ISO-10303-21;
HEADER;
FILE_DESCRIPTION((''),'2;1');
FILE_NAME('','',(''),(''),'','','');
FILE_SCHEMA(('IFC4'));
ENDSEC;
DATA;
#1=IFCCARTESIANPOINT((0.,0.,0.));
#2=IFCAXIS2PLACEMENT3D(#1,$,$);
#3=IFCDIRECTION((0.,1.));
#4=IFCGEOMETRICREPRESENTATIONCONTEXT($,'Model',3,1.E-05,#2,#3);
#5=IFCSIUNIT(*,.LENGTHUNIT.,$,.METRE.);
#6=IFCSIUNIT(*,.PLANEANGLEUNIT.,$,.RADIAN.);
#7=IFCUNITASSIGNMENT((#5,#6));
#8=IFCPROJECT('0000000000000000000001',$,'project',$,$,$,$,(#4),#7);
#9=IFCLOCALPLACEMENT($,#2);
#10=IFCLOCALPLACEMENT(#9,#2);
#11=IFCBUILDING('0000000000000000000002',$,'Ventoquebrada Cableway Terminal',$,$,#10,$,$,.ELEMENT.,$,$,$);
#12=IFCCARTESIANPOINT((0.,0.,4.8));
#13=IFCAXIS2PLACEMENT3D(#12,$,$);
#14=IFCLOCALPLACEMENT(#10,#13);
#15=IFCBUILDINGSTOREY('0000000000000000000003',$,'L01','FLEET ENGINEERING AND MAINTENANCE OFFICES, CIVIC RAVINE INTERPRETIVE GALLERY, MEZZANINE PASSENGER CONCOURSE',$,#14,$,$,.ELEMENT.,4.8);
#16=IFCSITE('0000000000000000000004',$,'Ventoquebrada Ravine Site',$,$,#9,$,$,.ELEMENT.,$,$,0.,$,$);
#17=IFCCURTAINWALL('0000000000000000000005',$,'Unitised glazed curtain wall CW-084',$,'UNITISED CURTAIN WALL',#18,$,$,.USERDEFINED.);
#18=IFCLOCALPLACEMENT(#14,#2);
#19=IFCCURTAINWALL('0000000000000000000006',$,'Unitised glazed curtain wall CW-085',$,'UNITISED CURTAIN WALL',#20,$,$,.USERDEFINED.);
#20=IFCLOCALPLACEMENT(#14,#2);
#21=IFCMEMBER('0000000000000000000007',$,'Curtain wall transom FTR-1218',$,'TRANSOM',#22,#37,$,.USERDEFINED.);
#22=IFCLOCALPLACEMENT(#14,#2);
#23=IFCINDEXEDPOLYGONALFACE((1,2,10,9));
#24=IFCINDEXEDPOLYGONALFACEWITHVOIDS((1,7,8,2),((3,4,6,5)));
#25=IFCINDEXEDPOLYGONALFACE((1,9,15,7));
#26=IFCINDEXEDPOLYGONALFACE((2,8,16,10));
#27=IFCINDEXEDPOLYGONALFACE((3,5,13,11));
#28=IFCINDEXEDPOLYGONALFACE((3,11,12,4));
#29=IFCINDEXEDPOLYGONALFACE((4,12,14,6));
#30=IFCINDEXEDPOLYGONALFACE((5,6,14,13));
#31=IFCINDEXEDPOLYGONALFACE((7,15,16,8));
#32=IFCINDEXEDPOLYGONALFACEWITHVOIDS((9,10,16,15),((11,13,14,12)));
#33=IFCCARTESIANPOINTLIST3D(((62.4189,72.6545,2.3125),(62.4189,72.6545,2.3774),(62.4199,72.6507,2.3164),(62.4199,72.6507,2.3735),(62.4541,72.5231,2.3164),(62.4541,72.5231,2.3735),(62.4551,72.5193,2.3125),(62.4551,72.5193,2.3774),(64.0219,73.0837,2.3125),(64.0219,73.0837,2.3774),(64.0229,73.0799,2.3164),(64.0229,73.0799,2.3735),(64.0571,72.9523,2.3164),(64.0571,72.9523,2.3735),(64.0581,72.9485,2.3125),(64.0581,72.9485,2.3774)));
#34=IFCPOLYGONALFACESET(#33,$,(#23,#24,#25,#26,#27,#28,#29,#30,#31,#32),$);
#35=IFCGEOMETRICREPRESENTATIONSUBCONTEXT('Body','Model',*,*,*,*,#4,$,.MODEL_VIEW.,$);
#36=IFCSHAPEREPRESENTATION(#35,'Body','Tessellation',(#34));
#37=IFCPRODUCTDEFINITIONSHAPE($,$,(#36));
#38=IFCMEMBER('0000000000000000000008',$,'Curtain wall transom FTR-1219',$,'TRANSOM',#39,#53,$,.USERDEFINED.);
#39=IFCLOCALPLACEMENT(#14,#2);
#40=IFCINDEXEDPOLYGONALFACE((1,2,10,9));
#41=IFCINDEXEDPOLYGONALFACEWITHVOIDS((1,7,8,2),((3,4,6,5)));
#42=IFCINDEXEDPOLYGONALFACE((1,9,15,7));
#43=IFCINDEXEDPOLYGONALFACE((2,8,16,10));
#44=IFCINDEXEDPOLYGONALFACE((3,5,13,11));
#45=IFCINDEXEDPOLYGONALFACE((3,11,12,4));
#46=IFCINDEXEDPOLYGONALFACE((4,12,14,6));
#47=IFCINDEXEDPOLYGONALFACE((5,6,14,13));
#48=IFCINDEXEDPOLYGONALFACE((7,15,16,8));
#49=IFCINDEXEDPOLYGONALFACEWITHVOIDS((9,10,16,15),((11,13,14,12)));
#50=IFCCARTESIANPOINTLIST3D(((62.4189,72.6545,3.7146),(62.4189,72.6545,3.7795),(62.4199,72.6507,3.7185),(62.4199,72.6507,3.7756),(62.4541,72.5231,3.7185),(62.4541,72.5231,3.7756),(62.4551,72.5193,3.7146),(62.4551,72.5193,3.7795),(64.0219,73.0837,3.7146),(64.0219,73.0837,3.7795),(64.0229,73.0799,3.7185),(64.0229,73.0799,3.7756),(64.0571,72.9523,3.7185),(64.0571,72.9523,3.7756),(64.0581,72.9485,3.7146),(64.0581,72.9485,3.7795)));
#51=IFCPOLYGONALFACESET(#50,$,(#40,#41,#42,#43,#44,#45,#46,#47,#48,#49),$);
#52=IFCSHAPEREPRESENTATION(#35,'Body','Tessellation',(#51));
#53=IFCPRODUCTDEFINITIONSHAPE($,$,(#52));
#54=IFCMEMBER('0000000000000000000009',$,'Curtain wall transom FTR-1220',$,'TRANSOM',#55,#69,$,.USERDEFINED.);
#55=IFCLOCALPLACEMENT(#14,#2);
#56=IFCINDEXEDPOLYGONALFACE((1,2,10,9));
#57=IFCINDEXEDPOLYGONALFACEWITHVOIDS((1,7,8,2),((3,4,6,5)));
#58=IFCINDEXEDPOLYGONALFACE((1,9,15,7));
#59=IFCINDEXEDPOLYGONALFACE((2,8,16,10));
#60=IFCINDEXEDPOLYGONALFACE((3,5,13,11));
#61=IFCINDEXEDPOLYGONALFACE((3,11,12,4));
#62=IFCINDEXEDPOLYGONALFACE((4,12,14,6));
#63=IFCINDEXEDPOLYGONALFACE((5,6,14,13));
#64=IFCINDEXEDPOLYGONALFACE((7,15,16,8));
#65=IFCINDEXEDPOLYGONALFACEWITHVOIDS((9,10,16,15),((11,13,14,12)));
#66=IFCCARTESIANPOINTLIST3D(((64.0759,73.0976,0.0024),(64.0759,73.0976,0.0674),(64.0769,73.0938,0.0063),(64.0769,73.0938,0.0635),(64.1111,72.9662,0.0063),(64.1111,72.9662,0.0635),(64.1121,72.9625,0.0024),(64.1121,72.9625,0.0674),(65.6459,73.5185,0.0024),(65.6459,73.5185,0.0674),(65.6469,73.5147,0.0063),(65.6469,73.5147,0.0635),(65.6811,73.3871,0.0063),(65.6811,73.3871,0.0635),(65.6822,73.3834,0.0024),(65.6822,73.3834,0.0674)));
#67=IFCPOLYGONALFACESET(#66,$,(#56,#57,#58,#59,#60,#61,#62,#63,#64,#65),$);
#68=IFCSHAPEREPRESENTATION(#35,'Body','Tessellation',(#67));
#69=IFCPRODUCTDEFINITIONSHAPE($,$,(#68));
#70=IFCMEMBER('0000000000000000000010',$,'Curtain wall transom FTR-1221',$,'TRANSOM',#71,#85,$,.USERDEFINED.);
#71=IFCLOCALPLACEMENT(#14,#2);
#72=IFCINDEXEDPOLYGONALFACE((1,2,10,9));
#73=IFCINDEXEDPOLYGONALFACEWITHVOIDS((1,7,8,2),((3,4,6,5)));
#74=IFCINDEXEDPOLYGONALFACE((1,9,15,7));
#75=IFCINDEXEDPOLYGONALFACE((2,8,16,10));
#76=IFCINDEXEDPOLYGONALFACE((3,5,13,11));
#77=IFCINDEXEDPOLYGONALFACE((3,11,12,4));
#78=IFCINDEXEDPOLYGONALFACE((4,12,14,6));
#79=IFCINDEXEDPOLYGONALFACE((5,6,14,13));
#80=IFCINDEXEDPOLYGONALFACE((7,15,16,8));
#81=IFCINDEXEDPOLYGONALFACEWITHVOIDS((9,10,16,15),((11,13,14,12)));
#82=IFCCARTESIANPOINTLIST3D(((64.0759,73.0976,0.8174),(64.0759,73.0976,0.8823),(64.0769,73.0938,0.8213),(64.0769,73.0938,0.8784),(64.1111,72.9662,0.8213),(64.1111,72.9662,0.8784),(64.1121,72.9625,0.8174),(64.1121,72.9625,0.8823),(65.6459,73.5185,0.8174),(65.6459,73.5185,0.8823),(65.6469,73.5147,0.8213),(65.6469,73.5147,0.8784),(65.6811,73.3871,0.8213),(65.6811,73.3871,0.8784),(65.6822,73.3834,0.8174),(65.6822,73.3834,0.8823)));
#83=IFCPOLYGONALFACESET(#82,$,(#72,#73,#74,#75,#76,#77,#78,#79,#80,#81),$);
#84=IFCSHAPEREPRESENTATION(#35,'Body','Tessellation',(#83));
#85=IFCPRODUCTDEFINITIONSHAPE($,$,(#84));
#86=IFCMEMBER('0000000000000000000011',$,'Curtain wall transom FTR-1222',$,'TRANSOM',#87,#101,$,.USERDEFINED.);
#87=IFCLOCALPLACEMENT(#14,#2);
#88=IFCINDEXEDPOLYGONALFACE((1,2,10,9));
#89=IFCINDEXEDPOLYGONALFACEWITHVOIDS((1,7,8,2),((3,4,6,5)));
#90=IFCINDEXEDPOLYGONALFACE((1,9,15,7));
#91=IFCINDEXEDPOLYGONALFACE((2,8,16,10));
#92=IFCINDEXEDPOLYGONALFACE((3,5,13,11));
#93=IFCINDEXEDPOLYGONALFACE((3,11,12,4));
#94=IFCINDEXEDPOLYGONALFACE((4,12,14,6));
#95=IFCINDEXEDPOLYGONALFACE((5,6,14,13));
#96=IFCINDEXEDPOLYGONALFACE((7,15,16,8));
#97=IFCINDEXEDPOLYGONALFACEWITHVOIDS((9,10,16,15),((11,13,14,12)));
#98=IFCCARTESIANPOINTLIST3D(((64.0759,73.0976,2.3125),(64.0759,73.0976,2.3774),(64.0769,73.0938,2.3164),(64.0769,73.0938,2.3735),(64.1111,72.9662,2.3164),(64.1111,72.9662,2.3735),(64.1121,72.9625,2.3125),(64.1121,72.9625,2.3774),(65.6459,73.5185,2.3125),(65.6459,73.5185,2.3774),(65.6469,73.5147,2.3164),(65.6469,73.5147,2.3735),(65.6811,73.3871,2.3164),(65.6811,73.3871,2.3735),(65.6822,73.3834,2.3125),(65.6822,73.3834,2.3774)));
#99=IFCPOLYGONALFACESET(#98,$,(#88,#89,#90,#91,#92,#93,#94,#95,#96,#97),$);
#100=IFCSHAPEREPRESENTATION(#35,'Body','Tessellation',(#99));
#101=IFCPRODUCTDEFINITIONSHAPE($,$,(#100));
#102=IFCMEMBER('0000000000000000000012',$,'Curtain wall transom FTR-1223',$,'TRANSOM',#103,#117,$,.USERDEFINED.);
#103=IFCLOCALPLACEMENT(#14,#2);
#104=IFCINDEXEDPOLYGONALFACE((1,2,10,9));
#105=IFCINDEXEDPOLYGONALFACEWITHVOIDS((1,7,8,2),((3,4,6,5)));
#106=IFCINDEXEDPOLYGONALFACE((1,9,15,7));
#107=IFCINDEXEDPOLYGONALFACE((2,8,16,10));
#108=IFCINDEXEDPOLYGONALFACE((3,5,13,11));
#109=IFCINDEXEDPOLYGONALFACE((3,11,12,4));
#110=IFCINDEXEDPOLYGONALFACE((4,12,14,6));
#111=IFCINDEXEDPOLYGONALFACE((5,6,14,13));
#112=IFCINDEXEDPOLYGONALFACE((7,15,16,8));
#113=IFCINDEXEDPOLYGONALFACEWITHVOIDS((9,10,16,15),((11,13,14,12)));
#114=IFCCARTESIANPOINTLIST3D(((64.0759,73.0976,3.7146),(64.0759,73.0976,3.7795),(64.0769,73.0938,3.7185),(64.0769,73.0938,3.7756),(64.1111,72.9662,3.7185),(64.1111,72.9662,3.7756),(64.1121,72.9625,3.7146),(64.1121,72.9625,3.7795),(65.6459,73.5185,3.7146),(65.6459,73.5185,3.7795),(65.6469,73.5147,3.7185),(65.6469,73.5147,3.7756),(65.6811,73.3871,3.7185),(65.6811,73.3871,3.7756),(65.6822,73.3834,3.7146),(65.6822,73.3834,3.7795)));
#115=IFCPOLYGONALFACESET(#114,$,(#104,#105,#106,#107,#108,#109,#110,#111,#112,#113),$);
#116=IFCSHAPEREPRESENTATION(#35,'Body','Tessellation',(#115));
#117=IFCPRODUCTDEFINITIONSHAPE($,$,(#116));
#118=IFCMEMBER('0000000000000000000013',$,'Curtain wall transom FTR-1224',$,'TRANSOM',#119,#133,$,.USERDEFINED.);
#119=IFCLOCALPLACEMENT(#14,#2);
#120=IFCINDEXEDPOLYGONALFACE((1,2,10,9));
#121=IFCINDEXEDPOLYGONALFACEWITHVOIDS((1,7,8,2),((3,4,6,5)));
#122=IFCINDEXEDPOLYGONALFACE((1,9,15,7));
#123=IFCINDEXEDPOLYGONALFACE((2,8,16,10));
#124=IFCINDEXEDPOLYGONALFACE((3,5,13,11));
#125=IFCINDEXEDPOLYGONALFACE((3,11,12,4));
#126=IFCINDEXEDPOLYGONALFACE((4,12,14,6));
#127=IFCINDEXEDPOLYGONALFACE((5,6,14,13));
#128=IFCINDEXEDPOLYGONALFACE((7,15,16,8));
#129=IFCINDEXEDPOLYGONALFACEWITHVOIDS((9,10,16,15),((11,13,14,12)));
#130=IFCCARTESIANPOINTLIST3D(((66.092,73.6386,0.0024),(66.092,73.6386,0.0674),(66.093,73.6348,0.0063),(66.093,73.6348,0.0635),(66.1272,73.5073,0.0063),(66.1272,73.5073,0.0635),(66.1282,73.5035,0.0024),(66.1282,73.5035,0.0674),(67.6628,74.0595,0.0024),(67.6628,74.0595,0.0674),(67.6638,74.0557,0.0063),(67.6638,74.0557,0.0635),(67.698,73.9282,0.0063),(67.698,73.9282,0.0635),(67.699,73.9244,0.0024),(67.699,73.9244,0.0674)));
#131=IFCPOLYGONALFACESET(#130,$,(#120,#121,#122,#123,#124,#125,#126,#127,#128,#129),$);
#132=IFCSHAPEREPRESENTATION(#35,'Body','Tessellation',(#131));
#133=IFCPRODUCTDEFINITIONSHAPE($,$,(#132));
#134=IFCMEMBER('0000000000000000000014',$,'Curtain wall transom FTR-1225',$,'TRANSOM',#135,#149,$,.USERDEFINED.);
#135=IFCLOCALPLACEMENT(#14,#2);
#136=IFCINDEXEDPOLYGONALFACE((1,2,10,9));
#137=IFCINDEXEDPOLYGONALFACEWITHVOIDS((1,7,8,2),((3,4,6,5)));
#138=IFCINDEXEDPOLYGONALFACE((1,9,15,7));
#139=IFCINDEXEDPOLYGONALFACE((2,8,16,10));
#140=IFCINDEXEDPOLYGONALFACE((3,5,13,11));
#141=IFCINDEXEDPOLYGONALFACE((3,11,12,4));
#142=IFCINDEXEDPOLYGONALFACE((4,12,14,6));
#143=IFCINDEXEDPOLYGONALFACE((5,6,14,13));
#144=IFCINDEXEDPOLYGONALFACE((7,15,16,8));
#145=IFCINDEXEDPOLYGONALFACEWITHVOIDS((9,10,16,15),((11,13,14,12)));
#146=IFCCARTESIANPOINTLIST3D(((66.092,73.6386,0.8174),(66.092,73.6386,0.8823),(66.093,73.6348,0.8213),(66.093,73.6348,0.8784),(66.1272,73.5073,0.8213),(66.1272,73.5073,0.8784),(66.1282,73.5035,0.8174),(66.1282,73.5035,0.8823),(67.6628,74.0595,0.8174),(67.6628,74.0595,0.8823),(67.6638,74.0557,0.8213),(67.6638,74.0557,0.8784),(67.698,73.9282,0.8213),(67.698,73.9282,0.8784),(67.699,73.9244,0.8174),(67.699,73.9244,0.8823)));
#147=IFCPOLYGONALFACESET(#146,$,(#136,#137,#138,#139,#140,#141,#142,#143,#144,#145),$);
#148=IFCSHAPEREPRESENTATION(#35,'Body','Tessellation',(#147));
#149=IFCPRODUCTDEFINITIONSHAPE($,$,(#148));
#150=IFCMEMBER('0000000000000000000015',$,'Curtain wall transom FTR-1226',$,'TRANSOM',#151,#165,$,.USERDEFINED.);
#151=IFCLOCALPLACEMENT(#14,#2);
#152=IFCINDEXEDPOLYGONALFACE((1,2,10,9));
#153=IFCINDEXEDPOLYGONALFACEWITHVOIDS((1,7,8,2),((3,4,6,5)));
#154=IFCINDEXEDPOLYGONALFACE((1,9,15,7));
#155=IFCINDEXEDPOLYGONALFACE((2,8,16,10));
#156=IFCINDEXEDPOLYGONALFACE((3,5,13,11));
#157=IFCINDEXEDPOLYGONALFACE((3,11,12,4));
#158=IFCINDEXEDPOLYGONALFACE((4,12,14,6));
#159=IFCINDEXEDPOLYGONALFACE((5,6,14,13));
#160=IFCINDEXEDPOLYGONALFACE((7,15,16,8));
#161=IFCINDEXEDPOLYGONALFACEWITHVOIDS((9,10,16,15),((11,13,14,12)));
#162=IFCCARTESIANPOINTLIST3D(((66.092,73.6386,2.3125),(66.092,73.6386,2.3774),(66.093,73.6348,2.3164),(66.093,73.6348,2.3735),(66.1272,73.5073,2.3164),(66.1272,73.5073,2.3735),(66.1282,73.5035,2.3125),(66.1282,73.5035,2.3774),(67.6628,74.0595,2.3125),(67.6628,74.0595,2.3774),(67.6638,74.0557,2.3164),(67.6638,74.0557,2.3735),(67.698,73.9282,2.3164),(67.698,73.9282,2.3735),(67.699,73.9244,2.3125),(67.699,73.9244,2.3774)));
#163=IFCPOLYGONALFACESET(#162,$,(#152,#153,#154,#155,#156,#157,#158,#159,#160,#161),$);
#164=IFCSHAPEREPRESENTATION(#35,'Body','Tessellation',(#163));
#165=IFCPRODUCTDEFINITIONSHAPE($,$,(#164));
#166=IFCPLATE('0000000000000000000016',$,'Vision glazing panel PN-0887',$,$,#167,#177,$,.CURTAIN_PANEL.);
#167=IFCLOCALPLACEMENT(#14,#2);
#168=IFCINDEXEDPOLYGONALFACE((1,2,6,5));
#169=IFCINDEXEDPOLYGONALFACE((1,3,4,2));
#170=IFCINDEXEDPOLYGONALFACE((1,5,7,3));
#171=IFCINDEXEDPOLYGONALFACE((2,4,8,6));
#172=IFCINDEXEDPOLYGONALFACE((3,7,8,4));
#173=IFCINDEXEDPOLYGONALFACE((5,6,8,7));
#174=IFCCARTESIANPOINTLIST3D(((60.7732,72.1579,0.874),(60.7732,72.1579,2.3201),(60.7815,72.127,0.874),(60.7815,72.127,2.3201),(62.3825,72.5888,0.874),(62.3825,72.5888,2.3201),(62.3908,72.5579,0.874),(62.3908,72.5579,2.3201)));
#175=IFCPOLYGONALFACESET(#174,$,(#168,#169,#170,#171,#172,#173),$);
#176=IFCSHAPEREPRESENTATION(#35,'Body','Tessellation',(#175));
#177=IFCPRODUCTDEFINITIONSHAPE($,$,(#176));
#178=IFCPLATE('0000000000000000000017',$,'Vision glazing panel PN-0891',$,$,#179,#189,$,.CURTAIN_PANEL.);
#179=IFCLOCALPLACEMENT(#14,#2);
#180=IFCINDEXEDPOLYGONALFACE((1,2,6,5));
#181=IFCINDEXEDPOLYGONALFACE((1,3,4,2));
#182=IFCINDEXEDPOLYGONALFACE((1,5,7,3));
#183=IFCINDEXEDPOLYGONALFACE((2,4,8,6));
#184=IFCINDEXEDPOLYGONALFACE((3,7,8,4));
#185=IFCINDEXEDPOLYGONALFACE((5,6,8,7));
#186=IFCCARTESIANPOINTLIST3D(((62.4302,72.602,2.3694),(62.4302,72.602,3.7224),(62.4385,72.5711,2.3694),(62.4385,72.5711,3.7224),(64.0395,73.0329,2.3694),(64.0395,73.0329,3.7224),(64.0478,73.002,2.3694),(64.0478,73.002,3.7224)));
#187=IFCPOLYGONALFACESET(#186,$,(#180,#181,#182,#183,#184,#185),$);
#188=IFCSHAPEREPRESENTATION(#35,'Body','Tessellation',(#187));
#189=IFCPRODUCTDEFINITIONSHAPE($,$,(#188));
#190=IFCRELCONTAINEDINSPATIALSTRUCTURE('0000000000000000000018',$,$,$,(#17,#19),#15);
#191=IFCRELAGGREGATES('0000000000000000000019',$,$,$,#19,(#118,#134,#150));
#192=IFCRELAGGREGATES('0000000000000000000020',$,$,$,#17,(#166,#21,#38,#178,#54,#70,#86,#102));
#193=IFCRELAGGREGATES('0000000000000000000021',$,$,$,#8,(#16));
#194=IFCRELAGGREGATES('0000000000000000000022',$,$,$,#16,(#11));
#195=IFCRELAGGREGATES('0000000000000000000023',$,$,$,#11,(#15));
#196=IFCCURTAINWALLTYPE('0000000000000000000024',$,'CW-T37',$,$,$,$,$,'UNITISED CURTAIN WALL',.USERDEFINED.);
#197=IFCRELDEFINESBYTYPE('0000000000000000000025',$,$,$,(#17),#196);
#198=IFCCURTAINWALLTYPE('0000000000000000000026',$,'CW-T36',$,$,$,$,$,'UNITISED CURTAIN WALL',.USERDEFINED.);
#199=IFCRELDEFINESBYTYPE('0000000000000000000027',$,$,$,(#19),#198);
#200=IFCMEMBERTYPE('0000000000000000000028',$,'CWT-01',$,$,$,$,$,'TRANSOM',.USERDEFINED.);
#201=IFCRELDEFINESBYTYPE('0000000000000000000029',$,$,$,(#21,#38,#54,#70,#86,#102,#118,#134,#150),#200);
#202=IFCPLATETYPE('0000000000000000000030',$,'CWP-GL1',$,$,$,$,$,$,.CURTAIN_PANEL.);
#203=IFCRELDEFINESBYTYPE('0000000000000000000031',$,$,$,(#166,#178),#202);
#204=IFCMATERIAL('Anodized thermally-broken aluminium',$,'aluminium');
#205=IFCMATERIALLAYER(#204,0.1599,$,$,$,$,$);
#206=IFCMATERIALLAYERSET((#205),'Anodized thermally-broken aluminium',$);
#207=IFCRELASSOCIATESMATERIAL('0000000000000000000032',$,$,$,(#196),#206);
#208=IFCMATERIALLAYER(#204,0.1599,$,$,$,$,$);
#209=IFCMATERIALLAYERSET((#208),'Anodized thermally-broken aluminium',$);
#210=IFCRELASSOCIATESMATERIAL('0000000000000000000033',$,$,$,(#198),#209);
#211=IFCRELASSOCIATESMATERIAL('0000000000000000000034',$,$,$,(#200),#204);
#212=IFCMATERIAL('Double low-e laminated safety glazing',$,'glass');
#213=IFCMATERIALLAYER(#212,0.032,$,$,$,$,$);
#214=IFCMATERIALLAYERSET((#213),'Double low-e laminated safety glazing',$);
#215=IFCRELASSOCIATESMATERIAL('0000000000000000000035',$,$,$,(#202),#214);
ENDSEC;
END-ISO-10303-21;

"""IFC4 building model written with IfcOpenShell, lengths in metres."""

from ifc_helpers import new_model, si_unit, direction, frame, origin, origin_2d, place, context, subcontext, project, spatial, rectangle, hollow_rectangle, extrude, material, layer, layer_set, material_profile, profile_set, type_object, element, aggregate, save


model = new_model("IFC4")

# Units and contexts
model_context = context("Model", 3, precision=1e-05, world=origin(), true_north=direction((0.0, 1.0)))
body_context = subcontext(model_context, "Body", "Model", "MODEL_VIEW")
ifc_project = project(units=[si_unit("LENGTHUNIT", "METRE"), si_unit("PLANEANGLEUNIT", "RADIAN")], contexts=[model_context])

# Site, building, storey
site_placement = place(None, origin())
site = spatial("IfcSite", under=ifc_project, at=site_placement, Name="Ventoquebrada Ravine Site", CompositionType="ELEMENT", RefElevation=0.0)
building_placement = place(site_placement, origin())
building = spatial("IfcBuilding", under=site, at=building_placement, Name="Ventoquebrada Cableway Terminal", CompositionType="ELEMENT")
storey_placement = place(building_placement, frame((0.0, 0.0, 4.8)))
storey = spatial("IfcBuildingStorey", under=building, at=storey_placement, Name="L01", Description="FLEET ENGINEERING AND MAINTENANCE OFFICES, CIVIC RAVINE INTERPRETIVE GALLERY, MEZZANINE PASSENGER CONCOURSE", CompositionType="ELEMENT", Elevation=4.8)

# Curtain wall
ifc_material_1 = material(Name="Anodized thermally-broken aluminium", Category="aluminium")
ifc_layer_1 = layer(ifc_material_1, 0.1599)
ifc_layer_set_1 = layer_set([ifc_layer_1], Name="Anodized thermally-broken aluminium")
curtain_wall_type_1 = type_object("IfcCurtainWallType", Name="CW-T37", ElementType="UNITISED CURTAIN WALL", PredefinedType="USERDEFINED", material=ifc_layer_set_1)
curtain_wall_1_placement = place(storey_placement, origin())
curtain_wall_1 = element("IfcCurtainWall", 1, at=curtain_wall_1_placement, inside=storey, type_object=curtain_wall_type_1, Name="Unitised glazed curtain wall CW-084", ObjectType="UNITISED CURTAIN WALL", PredefinedType="USERDEFINED")

# Curtain wall
ifc_layer_2 = layer(ifc_material_1, 0.1599)
ifc_layer_set_2 = layer_set([ifc_layer_2], Name="Anodized thermally-broken aluminium")
curtain_wall_type_2 = type_object("IfcCurtainWallType", Name="CW-T36", ElementType="UNITISED CURTAIN WALL", PredefinedType="USERDEFINED", material=ifc_layer_set_2)
curtain_wall_2_placement = place(storey_placement, origin())
curtain_wall_2 = element("IfcCurtainWall", 2, at=curtain_wall_2_placement, inside=storey, type_object=curtain_wall_type_2, Name="Unitised glazed curtain wall CW-085", ObjectType="UNITISED CURTAIN WALL", PredefinedType="USERDEFINED")

# Members
ifc_material_profile_1 = material_profile(ifc_material_1, hollow_rectangle(XDim=0.0649, YDim=0.1399, WallThickness=0.0039, at=origin_2d()), Name="CW-TRN-65X140")
ifc_profile_set_1 = profile_set([ifc_material_profile_1], Name="Anodized thermally-broken aluminium")
member_type_1 = type_object("IfcMemberType", Name="CWT-01", ElementType="TRANSOM", PredefinedType="USERDEFINED", material=ifc_profile_set_1)
member_1_placement = place(storey_placement, frame((62.437, 72.5869, 2.345), z_axis=(0.965976, 0.258633, 0.0), x_axis=(0.0, 0.0, 1.0)))
member_1 = element("IfcMember", 3, at=member_1_placement, type_object=member_type_1, Name="Curtain wall transom FTR-1218", ObjectType="TRANSOM", PredefinedType="USERDEFINED", context=body_context, shape_type="SweptSolid", body=[
    extrude(hollow_rectangle(XDim=0.0649, YDim=0.1399, WallThickness=0.0039, at=origin_2d()), origin(), (0.0, 0.0, 1.0), 1.6594),
])
member_2_placement = place(storey_placement, frame((62.437, 72.5869, 3.7471), z_axis=(0.965976, 0.258633, 0.0), x_axis=(0.0, 0.0, 1.0)))
member_2 = element("IfcMember", 4, at=member_2_placement, type_object=member_type_1, Name="Curtain wall transom FTR-1219", ObjectType="TRANSOM", PredefinedType="USERDEFINED", context=body_context, shape_type="SweptSolid", body=[
    extrude(hollow_rectangle(XDim=0.0649, YDim=0.1399, WallThickness=0.0039, at=origin_2d()), origin(), (0.0, 0.0, 1.0), 1.6594),
])
member_3_placement = place(storey_placement, frame((64.094, 73.03, 0.0349), z_axis=(0.965895, 0.258934, 0.0), x_axis=(0.0, 0.0, 1.0)))
member_3 = element("IfcMember", 5, at=member_3_placement, type_object=member_type_1, Name="Curtain wall transom FTR-1220", ObjectType="TRANSOM", PredefinedType="USERDEFINED", context=body_context, shape_type="SweptSolid", body=[
    extrude(hollow_rectangle(XDim=0.0649, YDim=0.1399, WallThickness=0.0039, at=origin_2d()), origin(), (0.0, 0.0, 1.0), 1.6255),
])
member_4_placement = place(storey_placement, frame((64.094, 73.03, 0.8499), z_axis=(0.965895, 0.258934, 0.0), x_axis=(0.0, 0.0, 1.0)))
member_4 = element("IfcMember", 6, at=member_4_placement, type_object=member_type_1, Name="Curtain wall transom FTR-1221", ObjectType="TRANSOM", PredefinedType="USERDEFINED", context=body_context, shape_type="SweptSolid", body=[
    extrude(hollow_rectangle(XDim=0.0649, YDim=0.1399, WallThickness=0.0039, at=origin_2d()), origin(), (0.0, 0.0, 1.0), 1.6255),
])
member_5_placement = place(storey_placement, frame((64.094, 73.03, 2.345), z_axis=(0.965895, 0.258934, 0.0), x_axis=(0.0, 0.0, 1.0)))
member_5 = element("IfcMember", 7, at=member_5_placement, type_object=member_type_1, Name="Curtain wall transom FTR-1222", ObjectType="TRANSOM", PredefinedType="USERDEFINED", context=body_context, shape_type="SweptSolid", body=[
    extrude(hollow_rectangle(XDim=0.0649, YDim=0.1399, WallThickness=0.0039, at=origin_2d()), origin(), (0.0, 0.0, 1.0), 1.6255),
])
member_6_placement = place(storey_placement, frame((64.094, 73.03, 3.7471), z_axis=(0.965895, 0.258934, 0.0), x_axis=(0.0, 0.0, 1.0)))
member_6 = element("IfcMember", 8, at=member_6_placement, type_object=member_type_1, Name="Curtain wall transom FTR-1223", ObjectType="TRANSOM", PredefinedType="USERDEFINED", context=body_context, shape_type="SweptSolid", body=[
    extrude(hollow_rectangle(XDim=0.0649, YDim=0.1399, WallThickness=0.0039, at=origin_2d()), origin(), (0.0, 0.0, 1.0), 1.6255),
])
member_7_placement = place(storey_placement, frame((66.1101, 73.571, 0.0349), z_axis=(0.965925, 0.258821, 0.0), x_axis=(0.0, 0.0, 1.0)))
member_7 = element("IfcMember", 9, at=member_7_placement, type_object=member_type_1, Name="Curtain wall transom FTR-1224", ObjectType="TRANSOM", PredefinedType="USERDEFINED", context=body_context, shape_type="SweptSolid", body=[
    extrude(hollow_rectangle(XDim=0.0649, YDim=0.1399, WallThickness=0.0039, at=origin_2d()), origin(), (0.0, 0.0, 1.0), 1.6262),
])
member_8_placement = place(storey_placement, frame((66.1101, 73.571, 0.8499), z_axis=(0.965925, 0.258821, 0.0), x_axis=(0.0, 0.0, 1.0)))
member_8 = element("IfcMember", 10, at=member_8_placement, type_object=member_type_1, Name="Curtain wall transom FTR-1225", ObjectType="TRANSOM", PredefinedType="USERDEFINED", context=body_context, shape_type="SweptSolid", body=[
    extrude(hollow_rectangle(XDim=0.0649, YDim=0.1399, WallThickness=0.0039, at=origin_2d()), origin(), (0.0, 0.0, 1.0), 1.6262),
])
member_9_placement = place(storey_placement, frame((66.1101, 73.571, 2.345), z_axis=(0.965925, 0.258821, 0.0), x_axis=(0.0, 0.0, 1.0)))
member_9 = element("IfcMember", 11, at=member_9_placement, type_object=member_type_1, Name="Curtain wall transom FTR-1226", ObjectType="TRANSOM", PredefinedType="USERDEFINED", context=body_context, shape_type="SweptSolid", body=[
    extrude(hollow_rectangle(XDim=0.0649, YDim=0.1399, WallThickness=0.0039, at=origin_2d()), origin(), (0.0, 0.0, 1.0), 1.6262),
])
aggregate(curtain_wall_2, [member_7, member_8, member_9])

# Plates
ifc_material_2 = material(Name="Double low-e laminated safety glazing", Category="glass")
ifc_layer_3 = layer(ifc_material_2, 0.032)
ifc_layer_set_3 = layer_set([ifc_layer_3], Name="Double low-e laminated safety glazing")
plate_type_1 = type_object("IfcPlateType", Name="CWP-GL1", PredefinedType="CURTAIN_PANEL", material=ifc_layer_set_3)
plate_1_placement = place(storey_placement, frame((61.582, 72.3579, 0.874), z_axis=(0.0, 0.0, 1.0), x_axis=(0.965962, 0.258684, 0.0)))
plate_1 = element("IfcPlate", 12, at=plate_1_placement, type_object=plate_type_1, Name="Vision glazing panel PN-0887", PredefinedType="CURTAIN_PANEL", context=body_context, shape_type="SweptSolid", body=[
    extrude(rectangle(XDim=1.666, YDim=0.032, at=origin_2d()), origin(), (0.0, 0.0, 1.0), 1.446),
])
plate_2_placement = place(storey_placement, frame((63.239, 72.802, 2.3694), z_axis=(0.0, 0.0, 1.0), x_axis=(0.965962, 0.258684, 0.0)))
plate_2 = element("IfcPlate", 13, at=plate_2_placement, type_object=plate_type_1, Name="Vision glazing panel PN-0891", PredefinedType="CURTAIN_PANEL", context=body_context, shape_type="SweptSolid", body=[
    extrude(rectangle(XDim=1.666, YDim=0.032, at=origin_2d()), origin(), (0.0, 0.0, 1.0), 1.353),
])
aggregate(curtain_wall_1, [plate_1, member_1, member_2, plate_2, member_3, member_4, member_5, member_6])

save(model, "model.ifc")
